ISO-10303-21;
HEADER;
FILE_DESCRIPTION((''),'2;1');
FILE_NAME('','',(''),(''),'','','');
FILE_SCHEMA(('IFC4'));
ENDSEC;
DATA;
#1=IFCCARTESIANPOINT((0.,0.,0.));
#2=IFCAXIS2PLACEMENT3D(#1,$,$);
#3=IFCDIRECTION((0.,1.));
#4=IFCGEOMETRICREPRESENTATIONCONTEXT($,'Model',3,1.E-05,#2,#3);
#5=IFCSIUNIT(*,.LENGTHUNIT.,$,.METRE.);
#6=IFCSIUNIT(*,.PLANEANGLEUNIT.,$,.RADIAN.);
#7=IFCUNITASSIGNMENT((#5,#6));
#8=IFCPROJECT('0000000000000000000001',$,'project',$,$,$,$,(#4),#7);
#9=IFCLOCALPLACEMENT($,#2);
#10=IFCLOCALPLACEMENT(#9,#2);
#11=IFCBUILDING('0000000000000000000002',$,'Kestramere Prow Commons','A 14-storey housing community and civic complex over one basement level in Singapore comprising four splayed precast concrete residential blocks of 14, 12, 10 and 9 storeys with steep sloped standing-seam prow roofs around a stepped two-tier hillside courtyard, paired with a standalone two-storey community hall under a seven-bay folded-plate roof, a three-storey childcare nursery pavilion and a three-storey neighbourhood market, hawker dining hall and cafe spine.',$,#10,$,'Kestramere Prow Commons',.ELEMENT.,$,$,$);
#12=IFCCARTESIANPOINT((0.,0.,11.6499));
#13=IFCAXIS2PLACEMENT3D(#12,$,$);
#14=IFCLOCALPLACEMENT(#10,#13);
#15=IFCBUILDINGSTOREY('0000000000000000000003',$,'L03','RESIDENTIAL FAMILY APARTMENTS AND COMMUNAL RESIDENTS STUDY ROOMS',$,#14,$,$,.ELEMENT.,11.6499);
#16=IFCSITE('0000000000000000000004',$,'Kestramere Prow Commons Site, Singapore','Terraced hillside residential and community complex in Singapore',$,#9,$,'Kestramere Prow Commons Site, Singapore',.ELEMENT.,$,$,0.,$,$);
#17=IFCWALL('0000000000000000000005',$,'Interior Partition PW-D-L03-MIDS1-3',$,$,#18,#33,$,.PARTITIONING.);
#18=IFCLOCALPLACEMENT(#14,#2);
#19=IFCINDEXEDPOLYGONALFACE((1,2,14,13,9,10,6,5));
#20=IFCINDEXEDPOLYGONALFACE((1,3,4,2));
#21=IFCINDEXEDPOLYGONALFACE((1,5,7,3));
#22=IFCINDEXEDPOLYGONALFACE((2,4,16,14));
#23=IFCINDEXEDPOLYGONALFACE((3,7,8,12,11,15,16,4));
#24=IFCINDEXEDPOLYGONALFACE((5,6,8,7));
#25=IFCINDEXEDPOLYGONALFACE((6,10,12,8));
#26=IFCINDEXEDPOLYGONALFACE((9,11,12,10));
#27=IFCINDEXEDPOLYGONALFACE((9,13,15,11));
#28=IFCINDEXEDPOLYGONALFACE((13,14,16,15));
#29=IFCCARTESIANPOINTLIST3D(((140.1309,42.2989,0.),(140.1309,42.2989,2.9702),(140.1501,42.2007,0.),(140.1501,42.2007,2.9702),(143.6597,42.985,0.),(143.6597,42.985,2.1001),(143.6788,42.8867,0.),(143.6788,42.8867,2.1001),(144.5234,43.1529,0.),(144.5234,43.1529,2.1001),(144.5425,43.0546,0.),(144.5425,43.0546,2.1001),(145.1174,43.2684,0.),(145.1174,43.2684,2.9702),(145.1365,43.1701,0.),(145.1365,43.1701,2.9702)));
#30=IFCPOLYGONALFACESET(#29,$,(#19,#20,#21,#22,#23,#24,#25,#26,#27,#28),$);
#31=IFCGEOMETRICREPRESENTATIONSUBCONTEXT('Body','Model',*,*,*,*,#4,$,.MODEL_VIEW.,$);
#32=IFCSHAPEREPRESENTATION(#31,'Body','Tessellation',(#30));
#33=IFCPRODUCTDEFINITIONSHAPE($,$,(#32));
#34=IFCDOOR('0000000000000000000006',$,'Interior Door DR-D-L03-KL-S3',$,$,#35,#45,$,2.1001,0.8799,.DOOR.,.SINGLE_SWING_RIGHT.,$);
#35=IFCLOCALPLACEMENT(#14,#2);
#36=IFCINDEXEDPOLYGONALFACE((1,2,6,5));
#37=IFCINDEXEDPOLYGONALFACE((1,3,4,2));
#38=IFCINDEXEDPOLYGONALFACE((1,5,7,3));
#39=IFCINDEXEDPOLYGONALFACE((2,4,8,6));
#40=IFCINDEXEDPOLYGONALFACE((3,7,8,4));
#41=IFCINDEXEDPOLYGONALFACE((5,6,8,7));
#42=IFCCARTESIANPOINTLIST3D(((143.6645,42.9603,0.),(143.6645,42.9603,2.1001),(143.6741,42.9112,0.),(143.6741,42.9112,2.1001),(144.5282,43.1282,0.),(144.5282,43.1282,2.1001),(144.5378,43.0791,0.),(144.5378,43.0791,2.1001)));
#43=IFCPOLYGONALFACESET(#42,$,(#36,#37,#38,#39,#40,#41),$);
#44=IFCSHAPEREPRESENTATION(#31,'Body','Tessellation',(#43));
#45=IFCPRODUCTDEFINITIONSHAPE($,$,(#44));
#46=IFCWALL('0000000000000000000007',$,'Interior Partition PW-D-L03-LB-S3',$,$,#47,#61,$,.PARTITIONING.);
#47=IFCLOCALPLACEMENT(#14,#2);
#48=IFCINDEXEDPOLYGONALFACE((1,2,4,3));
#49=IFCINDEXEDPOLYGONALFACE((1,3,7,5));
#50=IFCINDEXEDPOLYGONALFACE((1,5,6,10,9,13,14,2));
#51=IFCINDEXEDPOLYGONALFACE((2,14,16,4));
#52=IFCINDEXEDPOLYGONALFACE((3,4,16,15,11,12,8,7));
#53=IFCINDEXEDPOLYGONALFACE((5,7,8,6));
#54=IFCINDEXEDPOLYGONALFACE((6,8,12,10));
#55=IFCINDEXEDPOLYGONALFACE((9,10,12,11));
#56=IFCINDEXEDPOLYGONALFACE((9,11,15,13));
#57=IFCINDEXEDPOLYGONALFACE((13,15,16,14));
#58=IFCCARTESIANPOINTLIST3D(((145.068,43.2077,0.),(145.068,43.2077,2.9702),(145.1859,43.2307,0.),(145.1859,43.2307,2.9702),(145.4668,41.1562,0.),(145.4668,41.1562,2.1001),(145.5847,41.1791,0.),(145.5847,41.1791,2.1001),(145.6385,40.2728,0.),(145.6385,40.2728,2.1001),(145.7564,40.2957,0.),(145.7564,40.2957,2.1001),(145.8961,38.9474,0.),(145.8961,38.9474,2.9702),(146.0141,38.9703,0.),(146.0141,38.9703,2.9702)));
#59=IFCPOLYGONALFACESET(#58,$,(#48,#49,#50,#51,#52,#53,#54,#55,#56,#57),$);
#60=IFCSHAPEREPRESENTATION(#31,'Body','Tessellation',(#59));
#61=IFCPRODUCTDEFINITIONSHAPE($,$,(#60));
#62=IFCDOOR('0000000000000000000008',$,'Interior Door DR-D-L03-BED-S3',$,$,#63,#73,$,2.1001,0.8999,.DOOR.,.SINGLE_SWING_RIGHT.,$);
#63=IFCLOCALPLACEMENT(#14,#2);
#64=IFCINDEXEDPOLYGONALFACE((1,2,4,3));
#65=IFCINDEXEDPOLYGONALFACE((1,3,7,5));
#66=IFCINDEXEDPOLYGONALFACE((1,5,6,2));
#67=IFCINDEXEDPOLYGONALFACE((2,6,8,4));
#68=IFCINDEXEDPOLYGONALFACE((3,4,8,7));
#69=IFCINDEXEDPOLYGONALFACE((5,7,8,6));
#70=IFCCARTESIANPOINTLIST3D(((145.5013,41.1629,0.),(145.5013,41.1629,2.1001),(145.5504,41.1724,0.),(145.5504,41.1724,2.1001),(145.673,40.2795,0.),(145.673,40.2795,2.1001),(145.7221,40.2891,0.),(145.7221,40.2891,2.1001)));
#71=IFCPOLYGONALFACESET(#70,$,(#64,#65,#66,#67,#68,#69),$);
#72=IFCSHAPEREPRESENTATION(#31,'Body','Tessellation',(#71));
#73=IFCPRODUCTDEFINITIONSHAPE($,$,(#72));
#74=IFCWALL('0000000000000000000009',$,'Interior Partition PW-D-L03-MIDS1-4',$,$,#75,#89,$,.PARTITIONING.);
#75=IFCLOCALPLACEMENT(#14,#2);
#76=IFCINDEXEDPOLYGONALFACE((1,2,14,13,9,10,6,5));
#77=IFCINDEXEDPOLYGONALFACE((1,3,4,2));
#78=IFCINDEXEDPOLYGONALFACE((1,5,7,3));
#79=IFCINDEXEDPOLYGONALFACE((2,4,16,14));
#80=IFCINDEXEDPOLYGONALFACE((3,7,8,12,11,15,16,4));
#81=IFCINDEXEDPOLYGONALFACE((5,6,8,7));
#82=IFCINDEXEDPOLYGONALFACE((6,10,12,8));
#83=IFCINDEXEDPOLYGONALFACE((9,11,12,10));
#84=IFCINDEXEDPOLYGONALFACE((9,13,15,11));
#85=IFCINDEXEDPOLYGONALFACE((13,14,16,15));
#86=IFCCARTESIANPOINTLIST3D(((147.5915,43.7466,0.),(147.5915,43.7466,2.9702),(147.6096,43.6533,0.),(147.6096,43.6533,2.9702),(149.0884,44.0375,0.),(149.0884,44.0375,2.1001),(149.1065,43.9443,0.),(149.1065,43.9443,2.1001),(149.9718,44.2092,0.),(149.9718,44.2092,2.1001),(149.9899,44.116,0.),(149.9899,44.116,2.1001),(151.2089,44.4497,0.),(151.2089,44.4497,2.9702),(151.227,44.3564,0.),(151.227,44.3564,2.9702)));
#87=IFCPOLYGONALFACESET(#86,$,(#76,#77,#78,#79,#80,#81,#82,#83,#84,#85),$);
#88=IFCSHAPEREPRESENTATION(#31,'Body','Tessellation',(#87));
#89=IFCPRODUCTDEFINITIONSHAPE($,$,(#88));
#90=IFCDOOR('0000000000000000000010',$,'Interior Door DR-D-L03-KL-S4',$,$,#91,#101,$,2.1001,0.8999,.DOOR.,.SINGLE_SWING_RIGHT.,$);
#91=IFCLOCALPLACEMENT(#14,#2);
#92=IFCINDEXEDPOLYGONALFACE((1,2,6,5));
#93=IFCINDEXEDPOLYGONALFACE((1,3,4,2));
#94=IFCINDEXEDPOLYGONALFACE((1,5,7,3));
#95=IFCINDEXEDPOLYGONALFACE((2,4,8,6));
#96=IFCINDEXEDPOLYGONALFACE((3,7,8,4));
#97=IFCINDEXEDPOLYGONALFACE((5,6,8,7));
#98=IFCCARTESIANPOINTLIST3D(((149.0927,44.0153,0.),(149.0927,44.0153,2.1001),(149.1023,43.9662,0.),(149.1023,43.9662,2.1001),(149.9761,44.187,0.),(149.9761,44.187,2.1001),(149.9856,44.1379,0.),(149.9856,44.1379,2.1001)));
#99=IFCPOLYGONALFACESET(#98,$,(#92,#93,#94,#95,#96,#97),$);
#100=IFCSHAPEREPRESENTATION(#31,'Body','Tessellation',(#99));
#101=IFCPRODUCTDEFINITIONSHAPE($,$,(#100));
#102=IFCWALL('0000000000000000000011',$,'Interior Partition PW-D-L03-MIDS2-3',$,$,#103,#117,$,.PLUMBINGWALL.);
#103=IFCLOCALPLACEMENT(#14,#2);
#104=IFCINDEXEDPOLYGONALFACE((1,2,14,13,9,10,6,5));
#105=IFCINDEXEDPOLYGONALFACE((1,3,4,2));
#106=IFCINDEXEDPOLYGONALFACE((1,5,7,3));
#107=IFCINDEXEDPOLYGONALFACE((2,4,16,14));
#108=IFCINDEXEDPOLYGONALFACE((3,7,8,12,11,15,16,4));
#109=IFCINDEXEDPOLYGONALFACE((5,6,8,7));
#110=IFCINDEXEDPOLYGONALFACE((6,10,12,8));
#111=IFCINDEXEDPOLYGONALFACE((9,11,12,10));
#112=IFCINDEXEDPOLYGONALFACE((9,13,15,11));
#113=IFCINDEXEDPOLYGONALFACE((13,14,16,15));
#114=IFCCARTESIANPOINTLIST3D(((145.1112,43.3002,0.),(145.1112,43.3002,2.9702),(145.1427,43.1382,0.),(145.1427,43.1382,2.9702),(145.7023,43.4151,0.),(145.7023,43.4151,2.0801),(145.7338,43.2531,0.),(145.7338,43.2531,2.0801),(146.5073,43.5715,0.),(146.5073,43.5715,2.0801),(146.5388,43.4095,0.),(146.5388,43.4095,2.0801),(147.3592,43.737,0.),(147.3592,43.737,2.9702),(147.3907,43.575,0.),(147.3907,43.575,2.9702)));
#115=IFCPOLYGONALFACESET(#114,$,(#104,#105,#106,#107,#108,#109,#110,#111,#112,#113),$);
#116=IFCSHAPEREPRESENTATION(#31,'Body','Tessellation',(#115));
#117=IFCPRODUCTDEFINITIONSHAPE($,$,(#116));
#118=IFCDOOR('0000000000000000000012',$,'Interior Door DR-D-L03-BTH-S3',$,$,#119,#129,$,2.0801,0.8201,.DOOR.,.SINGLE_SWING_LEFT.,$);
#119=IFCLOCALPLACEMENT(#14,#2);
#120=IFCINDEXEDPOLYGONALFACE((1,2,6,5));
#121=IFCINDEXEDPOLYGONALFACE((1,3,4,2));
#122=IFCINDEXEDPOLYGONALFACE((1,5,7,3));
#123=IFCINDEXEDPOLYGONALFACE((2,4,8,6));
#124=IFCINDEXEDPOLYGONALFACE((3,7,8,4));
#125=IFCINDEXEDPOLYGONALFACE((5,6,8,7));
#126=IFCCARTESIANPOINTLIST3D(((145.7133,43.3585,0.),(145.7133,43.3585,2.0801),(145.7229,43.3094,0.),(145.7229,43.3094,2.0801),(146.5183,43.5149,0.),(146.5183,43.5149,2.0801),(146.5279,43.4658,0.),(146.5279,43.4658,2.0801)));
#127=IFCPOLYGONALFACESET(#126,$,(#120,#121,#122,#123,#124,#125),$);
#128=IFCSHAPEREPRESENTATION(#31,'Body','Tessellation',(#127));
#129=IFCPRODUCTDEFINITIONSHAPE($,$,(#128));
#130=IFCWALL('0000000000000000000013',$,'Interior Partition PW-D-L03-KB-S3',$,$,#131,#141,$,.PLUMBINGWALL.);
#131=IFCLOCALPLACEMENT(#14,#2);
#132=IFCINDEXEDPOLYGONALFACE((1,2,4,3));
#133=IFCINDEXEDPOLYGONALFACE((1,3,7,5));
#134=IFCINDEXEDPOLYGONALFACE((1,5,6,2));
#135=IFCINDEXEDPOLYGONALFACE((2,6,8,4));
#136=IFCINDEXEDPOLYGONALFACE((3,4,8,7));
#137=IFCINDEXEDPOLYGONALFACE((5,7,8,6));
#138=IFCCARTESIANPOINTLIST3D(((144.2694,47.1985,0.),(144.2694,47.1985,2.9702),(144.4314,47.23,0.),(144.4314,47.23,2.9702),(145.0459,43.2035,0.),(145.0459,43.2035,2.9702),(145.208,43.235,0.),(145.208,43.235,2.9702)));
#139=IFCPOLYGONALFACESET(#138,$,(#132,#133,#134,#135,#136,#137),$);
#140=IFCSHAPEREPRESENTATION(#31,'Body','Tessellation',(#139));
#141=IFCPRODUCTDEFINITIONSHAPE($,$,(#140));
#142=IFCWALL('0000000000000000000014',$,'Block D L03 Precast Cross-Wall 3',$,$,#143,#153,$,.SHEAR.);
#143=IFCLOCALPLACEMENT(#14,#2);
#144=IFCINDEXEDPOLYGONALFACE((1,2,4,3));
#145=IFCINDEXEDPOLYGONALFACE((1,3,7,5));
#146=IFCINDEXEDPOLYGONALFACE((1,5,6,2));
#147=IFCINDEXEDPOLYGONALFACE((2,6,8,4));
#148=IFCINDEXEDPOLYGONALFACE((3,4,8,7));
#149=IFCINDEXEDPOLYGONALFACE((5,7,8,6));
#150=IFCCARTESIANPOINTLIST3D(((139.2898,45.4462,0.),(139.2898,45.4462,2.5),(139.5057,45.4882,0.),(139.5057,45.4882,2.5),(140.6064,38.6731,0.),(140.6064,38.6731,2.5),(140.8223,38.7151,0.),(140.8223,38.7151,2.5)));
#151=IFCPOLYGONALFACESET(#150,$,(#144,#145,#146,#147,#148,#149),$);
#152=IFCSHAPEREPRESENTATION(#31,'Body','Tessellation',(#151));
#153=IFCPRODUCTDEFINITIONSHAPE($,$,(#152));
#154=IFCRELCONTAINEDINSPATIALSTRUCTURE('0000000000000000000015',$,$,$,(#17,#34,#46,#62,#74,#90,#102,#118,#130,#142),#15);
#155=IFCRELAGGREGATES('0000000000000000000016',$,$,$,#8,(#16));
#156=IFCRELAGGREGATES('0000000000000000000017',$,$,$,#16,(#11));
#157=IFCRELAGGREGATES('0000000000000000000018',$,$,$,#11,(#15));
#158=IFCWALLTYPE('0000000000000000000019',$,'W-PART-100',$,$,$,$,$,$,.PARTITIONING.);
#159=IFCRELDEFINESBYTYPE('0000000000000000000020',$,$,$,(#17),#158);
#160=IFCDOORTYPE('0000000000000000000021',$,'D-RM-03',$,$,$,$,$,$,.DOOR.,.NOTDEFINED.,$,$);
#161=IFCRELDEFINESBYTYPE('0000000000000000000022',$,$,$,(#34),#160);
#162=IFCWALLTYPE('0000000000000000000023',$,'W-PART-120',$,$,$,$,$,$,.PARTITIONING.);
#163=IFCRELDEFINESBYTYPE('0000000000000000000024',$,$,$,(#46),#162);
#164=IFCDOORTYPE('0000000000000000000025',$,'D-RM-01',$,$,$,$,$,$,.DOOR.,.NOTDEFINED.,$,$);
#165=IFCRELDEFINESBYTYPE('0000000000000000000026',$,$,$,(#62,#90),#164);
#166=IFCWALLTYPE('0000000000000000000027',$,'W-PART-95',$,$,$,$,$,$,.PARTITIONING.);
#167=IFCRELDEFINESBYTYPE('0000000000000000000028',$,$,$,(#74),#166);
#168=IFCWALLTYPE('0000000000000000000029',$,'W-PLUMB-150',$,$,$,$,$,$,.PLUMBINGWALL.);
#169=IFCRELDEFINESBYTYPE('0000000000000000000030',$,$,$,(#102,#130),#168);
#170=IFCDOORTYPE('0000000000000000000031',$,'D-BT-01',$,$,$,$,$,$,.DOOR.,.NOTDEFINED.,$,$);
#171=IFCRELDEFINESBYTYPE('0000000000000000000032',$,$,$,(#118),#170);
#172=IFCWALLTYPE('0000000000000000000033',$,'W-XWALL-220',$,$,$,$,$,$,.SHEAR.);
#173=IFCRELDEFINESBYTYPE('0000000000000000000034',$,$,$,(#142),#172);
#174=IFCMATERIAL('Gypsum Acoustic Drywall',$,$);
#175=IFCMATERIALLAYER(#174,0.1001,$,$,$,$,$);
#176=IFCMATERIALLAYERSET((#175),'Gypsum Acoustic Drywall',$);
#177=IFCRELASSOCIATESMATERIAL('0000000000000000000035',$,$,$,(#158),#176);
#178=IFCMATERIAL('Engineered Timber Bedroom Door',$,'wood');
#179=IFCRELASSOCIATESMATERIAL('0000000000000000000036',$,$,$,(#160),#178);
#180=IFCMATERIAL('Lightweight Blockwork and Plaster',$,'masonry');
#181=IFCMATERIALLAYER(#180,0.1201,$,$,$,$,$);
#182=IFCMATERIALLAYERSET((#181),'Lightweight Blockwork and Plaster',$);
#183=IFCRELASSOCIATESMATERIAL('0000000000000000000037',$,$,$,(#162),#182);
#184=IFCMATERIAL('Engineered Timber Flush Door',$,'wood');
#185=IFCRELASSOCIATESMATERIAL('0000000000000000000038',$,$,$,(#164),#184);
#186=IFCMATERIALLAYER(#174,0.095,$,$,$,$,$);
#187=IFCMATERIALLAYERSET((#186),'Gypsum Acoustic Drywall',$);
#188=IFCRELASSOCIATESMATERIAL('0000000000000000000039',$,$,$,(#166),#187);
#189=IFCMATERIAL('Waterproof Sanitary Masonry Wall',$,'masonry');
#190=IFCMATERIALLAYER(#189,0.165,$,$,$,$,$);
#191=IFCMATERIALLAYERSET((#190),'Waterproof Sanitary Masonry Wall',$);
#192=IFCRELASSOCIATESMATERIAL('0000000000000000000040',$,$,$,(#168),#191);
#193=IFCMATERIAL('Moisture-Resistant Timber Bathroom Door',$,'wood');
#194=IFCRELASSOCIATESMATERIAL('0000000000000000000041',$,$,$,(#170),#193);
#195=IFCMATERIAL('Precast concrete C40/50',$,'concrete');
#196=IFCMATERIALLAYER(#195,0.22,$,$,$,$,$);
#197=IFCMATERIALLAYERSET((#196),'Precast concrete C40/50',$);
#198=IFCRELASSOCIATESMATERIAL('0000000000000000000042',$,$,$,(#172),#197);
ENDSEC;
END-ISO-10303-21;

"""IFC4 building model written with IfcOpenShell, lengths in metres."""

from ifc_helpers import new_model, si_unit, direction, frame, frame_2d, origin, place, context, subcontext, project, spatial, rectangle, extrude, material, layer, layer_set, type_object, element, fill, save


model = new_model("IFC4")

# Units and contexts
model_context = context("Model", 3, precision=1e-05, world=origin(), true_north=direction((0.0, 1.0)))
body_context = subcontext(model_context, "Body", "Model", "MODEL_VIEW")
ifc_project = project(units=[si_unit("LENGTHUNIT", "METRE"), si_unit("PLANEANGLEUNIT", "RADIAN")], contexts=[model_context])

# Site, building, storey
site_placement = place(None, origin())
site = spatial("IfcSite", under=ifc_project, at=site_placement, Name="Kestramere Prow Commons Site, Singapore", Description="Terraced hillside residential and community complex in Singapore", LongName="Kestramere Prow Commons Site, Singapore", CompositionType="ELEMENT", RefElevation=0.0)
building_placement = place(site_placement, origin())
building = spatial("IfcBuilding", under=site, at=building_placement, Name="Kestramere Prow Commons", Description="A 14-storey housing community and civic complex over one basement level in Singapore comprising four splayed precast concrete residential blocks of 14, 12, 10 and 9 storeys with steep sloped standing-seam prow roofs around a stepped two-tier hillside courtyard, paired with a standalone two-storey community hall under a seven-bay folded-plate roof, a three-storey childcare nursery pavilion and a three-storey neighbourhood market, hawker dining hall and cafe spine.", LongName="Kestramere Prow Commons", CompositionType="ELEMENT")
storey_placement = place(building_placement, frame((0.0, 0.0, 11.6499)))
storey = spatial("IfcBuildingStorey", under=building, at=storey_placement, Name="L03", Description="RESIDENTIAL FAMILY APARTMENTS AND COMMUNAL RESIDENTS STUDY ROOMS", CompositionType="ELEMENT", Elevation=11.6499)

# Shared definitions
ifc_material_1 = material(Name="Precast concrete C40/50", Category="concrete")

# Walls, openings, doors
ifc_material_2 = material(Name="Gypsum Acoustic Drywall")
ifc_layer_1 = layer(ifc_material_2, 0.1001)
ifc_layer_set_1 = layer_set([ifc_layer_1], Name="Gypsum Acoustic Drywall")
wall_type_1 = type_object("IfcWallType", Name="W-PART-100", PredefinedType="PARTITIONING", material=ifc_layer_set_1)
wall_1_placement = place(storey_placement, frame((140.1404, 42.2498, 0.0), z_axis=(0.0, 0.0, 1.0), x_axis=(0.98162, 0.190845, 0.0)))
wall_1 = element("IfcWall", 1, at=wall_1_placement, inside=storey, type_object=wall_type_1, Name="Interior Partition PW-D-L03-MIDS1-3", PredefinedType="PARTITIONING", context=body_context, shape_type="SweptSolid", body=[
    extrude(rectangle(XDim=5.0798, YDim=0.1001, at=frame_2d((2.54, 0.0))), origin(), (0.0, 0.0, 1.0), 2.9702),
])
opening_1_placement = place(wall_1_placement, frame((3.595, 0.0, 0.0)))
opening_1 = element("IfcOpeningElement", 2, at=opening_1_placement, cuts=wall_1, PredefinedType="OPENING", context=body_context, shape_type="SweptSolid", body=[
    extrude(rectangle(XDim=0.8799, YDim=2.1001, at=frame_2d((0.4399, 1.05))), frame((0.0, 0.0649, 0.0), z_axis=(0.0, -1.0, 0.0), x_axis=(1.0, 0.0, 0.0)), (0.0, 0.0, 1.0), 0.1301),
])
ifc_material_3 = material(Name="Engineered Timber Bedroom Door", Category="wood")
door_type_1 = type_object("IfcDoorType", Name="D-RM-03", OperationType="NOTDEFINED", PredefinedType="DOOR", material=ifc_material_3)
door_1_placement = place(opening_1_placement, origin())
door_1 = element("IfcDoor", 3, at=door_1_placement, inside=storey, type_object=door_type_1, Name="Interior Door DR-D-L03-KL-S3", OperationType="SINGLE_SWING_RIGHT", OverallHeight=2.1001, OverallWidth=0.8799, PredefinedType="DOOR", context=body_context, shape_type="SweptSolid", body=[
    extrude(rectangle(XDim=0.8799, YDim=2.1001, at=frame_2d((0.4399, 1.05))), frame((0.0, 0.0249, 0.0), z_axis=(0.0, -1.0, 0.0), x_axis=(1.0, 0.0, 0.0)), (0.0, 0.0, 1.0), 0.05),
])
fill(opening_1, door_1)
ifc_material_4 = material(Name="Lightweight Blockwork and Plaster", Category="masonry")
ifc_layer_2 = layer(ifc_material_4, 0.1201)
ifc_layer_set_2 = layer_set([ifc_layer_2], Name="Lightweight Blockwork and Plaster")
wall_type_2 = type_object("IfcWallType", Name="W-PART-120", PredefinedType="PARTITIONING", material=ifc_layer_set_2)
wall_2_placement = place(storey_placement, frame((145.9551, 38.959, 0.0), z_axis=(0.0, 0.0, 1.0), x_axis=(-0.190812, 0.981627, 0.0)))
wall_2 = element("IfcWall", 4, at=wall_2_placement, inside=storey, type_object=wall_type_2, Name="Interior Partition PW-D-L03-LB-S3", PredefinedType="PARTITIONING", context=body_context, shape_type="SweptSolid", body=[
    extrude(rectangle(XDim=4.3401, YDim=0.1201, at=frame_2d((2.1699, 0.0))), origin(), (0.0, 0.0, 1.0), 2.9702),
])
opening_2_placement = place(wall_2_placement, frame((1.3501, 0.0, 0.0)))
opening_2 = element("IfcOpeningElement", 5, at=opening_2_placement, cuts=wall_2, PredefinedType="OPENING", context=body_context, shape_type="SweptSolid", body=[
    extrude(rectangle(XDim=0.8999, YDim=2.1001, at=frame_2d((0.45, 1.05))), frame((0.0, 0.075, 0.0), z_axis=(0.0, -1.0, 0.0), x_axis=(1.0, 0.0, 0.0)), (0.0, 0.0, 1.0), 0.1501),
])
ifc_material_5 = material(Name="Engineered Timber Flush Door", Category="wood")
door_type_2 = type_object("IfcDoorType", Name="D-RM-01", OperationType="NOTDEFINED", PredefinedType="DOOR", material=ifc_material_5)
door_2_placement = place(opening_2_placement, origin())
door_2 = element("IfcDoor", 6, at=door_2_placement, inside=storey, type_object=door_type_2, Name="Interior Door DR-D-L03-BED-S3", OperationType="SINGLE_SWING_RIGHT", OverallHeight=2.1001, OverallWidth=0.8999, PredefinedType="DOOR", context=body_context, shape_type="SweptSolid", body=[
    extrude(rectangle(XDim=0.8999, YDim=2.1001, at=frame_2d((0.45, 1.05))), frame((0.0, 0.0249, 0.0), z_axis=(0.0, -1.0, 0.0), x_axis=(1.0, 0.0, 0.0)), (0.0, 0.0, 1.0), 0.05),
])
fill(opening_2, door_2)
ifc_layer_3 = layer(ifc_material_2, 0.095)
ifc_layer_set_3 = layer_set([ifc_layer_3], Name="Gypsum Acoustic Drywall")
wall_type_3 = type_object("IfcWallType", Name="W-PART-95", PredefinedType="PARTITIONING", material=ifc_layer_set_3)
wall_3_placement = place(storey_placement, frame((147.6006, 43.7, 0.0), z_axis=(0.0, 0.0, 1.0), x_axis=(0.981629, 0.190801, 0.0)))
wall_3 = element("IfcWall", 7, at=wall_3_placement, inside=storey, type_object=wall_type_3, Name="Interior Partition PW-D-L03-MIDS1-4", PredefinedType="PARTITIONING", context=body_context, shape_type="SweptSolid", body=[
    extrude(rectangle(XDim=3.6851, YDim=0.095, at=frame_2d((1.8425, 0.0))), origin(), (0.0, 0.0, 1.0), 2.9702),
])
opening_3_placement = place(wall_3_placement, frame((1.5249, 0.0, 0.0)))
opening_3 = element("IfcOpeningElement", 8, at=opening_3_placement, cuts=wall_3, PredefinedType="OPENING", context=body_context, shape_type="SweptSolid", body=[
    extrude(rectangle(XDim=0.8999, YDim=2.1001, at=frame_2d((0.45, 1.05))), frame((0.0, 0.0625, 0.0), z_axis=(0.0, -1.0, 0.0), x_axis=(1.0, 0.0, 0.0)), (0.0, 0.0, 1.0), 0.125),
])
door_3_placement = place(opening_3_placement, origin())
door_3 = element("IfcDoor", 9, at=door_3_placement, inside=storey, type_object=door_type_2, Name="Interior Door DR-D-L03-KL-S4", OperationType="SINGLE_SWING_RIGHT", OverallHeight=2.1001, OverallWidth=0.8999, PredefinedType="DOOR", context=body_context, shape_type="SweptSolid", body=[
    extrude(rectangle(XDim=0.8999, YDim=2.1001, at=frame_2d((0.45, 1.05))), frame((0.0, 0.0249, 0.0), z_axis=(0.0, -1.0, 0.0), x_axis=(1.0, 0.0, 0.0)), (0.0, 0.0, 1.0), 0.05),
])
fill(opening_3, door_3)
ifc_material_6 = material(Name="Waterproof Sanitary Masonry Wall", Category="masonry")
ifc_layer_4 = layer(ifc_material_6, 0.165)
ifc_layer_set_4 = layer_set([ifc_layer_4], Name="Waterproof Sanitary Masonry Wall")
wall_type_4 = type_object("IfcWallType", Name="W-PLUMB-150", PredefinedType="PLUMBINGWALL", material=ifc_layer_set_4)
wall_4_placement = place(storey_placement, frame((145.127, 43.2192, 0.0), z_axis=(0.0, 0.0, 1.0), x_axis=(0.981644, 0.190721, 0.0)))
wall_4 = element("IfcWall", 10, at=wall_4_placement, inside=storey, type_object=wall_type_4, Name="Interior Partition PW-D-L03-MIDS2-3", PredefinedType="PLUMBINGWALL", context=body_context, shape_type="SweptSolid", body=[
    extrude(rectangle(XDim=2.29, YDim=0.165, at=frame_2d((1.145, 0.0))), origin(), (0.0, 0.0, 1.0), 2.9702),
])
opening_4_placement = place(wall_4_placement, frame((0.6021, 0.0, 0.0)))
opening_4 = element("IfcOpeningElement", 11, at=opening_4_placement, cuts=wall_4, PredefinedType="OPENING", context=body_context, shape_type="SweptSolid", body=[
    extrude(rectangle(XDim=0.8201, YDim=2.0801, at=frame_2d((0.4102, 1.04))), frame((0.0, 0.0974, 0.0), z_axis=(0.0, -1.0, 0.0), x_axis=(1.0, 0.0, 0.0)), (0.0, 0.0, 1.0), 0.1951),
])
ifc_material_7 = material(Name="Moisture-Resistant Timber Bathroom Door", Category="wood")
door_type_3 = type_object("IfcDoorType", Name="D-BT-01", OperationType="NOTDEFINED", PredefinedType="DOOR", material=ifc_material_7)
door_4_placement = place(opening_4_placement, origin())
door_4 = element("IfcDoor", 12, at=door_4_placement, inside=storey, type_object=door_type_3, Name="Interior Door DR-D-L03-BTH-S3", OperationType="SINGLE_SWING_LEFT", OverallHeight=2.0801, OverallWidth=0.8201, PredefinedType="DOOR", context=body_context, shape_type="SweptSolid", body=[
    extrude(rectangle(XDim=0.8201, YDim=2.0801, at=frame_2d((0.4102, 1.04))), frame((0.0, 0.0249, 0.0), z_axis=(0.0, -1.0, 0.0), x_axis=(1.0, 0.0, 0.0)), (0.0, 0.0, 1.0), 0.05),
])
fill(opening_4, door_4)

# Walls
wall_5_placement = place(storey_placement, frame((145.127, 43.2192, 0.0), z_axis=(0.0, 0.0, 1.0), x_axis=(-0.190818, 0.981625, 0.0)))
element("IfcWall", 13, at=wall_5_placement, inside=storey, type_object=wall_type_4, Name="Interior Partition PW-D-L03-KB-S3", PredefinedType="PLUMBINGWALL", context=body_context, shape_type="SweptSolid", body=[
    extrude(rectangle(XDim=4.0698, YDim=0.165, at=frame_2d((2.0349, 0.0))), origin(), (0.0, 0.0, 1.0), 2.9702),
])
ifc_layer_5 = layer(ifc_material_1, 0.22)
ifc_layer_set_5 = layer_set([ifc_layer_5], Name="Precast concrete C40/50")
wall_type_5 = type_object("IfcWallType", Name="W-XWALL-220", PredefinedType="SHEAR", material=ifc_layer_set_5)
wall_6_placement = place(storey_placement, frame((140.7144, 38.6941, 0.0), z_axis=(0.0, 0.0, 1.0), x_axis=(-0.190819, 0.981625, 0.0)))
element("IfcWall", 14, at=wall_6_placement, inside=storey, type_object=wall_type_5, Name="Block D L03 Precast Cross-Wall 3", PredefinedType="SHEAR", context=body_context, shape_type="SweptSolid", body=[
    extrude(rectangle(XDim=6.8999, YDim=0.22, at=frame_2d((3.45, 0.0))), origin(), (0.0, 0.0, 1.0), 2.5),
])

save(model, "model.ifc")
